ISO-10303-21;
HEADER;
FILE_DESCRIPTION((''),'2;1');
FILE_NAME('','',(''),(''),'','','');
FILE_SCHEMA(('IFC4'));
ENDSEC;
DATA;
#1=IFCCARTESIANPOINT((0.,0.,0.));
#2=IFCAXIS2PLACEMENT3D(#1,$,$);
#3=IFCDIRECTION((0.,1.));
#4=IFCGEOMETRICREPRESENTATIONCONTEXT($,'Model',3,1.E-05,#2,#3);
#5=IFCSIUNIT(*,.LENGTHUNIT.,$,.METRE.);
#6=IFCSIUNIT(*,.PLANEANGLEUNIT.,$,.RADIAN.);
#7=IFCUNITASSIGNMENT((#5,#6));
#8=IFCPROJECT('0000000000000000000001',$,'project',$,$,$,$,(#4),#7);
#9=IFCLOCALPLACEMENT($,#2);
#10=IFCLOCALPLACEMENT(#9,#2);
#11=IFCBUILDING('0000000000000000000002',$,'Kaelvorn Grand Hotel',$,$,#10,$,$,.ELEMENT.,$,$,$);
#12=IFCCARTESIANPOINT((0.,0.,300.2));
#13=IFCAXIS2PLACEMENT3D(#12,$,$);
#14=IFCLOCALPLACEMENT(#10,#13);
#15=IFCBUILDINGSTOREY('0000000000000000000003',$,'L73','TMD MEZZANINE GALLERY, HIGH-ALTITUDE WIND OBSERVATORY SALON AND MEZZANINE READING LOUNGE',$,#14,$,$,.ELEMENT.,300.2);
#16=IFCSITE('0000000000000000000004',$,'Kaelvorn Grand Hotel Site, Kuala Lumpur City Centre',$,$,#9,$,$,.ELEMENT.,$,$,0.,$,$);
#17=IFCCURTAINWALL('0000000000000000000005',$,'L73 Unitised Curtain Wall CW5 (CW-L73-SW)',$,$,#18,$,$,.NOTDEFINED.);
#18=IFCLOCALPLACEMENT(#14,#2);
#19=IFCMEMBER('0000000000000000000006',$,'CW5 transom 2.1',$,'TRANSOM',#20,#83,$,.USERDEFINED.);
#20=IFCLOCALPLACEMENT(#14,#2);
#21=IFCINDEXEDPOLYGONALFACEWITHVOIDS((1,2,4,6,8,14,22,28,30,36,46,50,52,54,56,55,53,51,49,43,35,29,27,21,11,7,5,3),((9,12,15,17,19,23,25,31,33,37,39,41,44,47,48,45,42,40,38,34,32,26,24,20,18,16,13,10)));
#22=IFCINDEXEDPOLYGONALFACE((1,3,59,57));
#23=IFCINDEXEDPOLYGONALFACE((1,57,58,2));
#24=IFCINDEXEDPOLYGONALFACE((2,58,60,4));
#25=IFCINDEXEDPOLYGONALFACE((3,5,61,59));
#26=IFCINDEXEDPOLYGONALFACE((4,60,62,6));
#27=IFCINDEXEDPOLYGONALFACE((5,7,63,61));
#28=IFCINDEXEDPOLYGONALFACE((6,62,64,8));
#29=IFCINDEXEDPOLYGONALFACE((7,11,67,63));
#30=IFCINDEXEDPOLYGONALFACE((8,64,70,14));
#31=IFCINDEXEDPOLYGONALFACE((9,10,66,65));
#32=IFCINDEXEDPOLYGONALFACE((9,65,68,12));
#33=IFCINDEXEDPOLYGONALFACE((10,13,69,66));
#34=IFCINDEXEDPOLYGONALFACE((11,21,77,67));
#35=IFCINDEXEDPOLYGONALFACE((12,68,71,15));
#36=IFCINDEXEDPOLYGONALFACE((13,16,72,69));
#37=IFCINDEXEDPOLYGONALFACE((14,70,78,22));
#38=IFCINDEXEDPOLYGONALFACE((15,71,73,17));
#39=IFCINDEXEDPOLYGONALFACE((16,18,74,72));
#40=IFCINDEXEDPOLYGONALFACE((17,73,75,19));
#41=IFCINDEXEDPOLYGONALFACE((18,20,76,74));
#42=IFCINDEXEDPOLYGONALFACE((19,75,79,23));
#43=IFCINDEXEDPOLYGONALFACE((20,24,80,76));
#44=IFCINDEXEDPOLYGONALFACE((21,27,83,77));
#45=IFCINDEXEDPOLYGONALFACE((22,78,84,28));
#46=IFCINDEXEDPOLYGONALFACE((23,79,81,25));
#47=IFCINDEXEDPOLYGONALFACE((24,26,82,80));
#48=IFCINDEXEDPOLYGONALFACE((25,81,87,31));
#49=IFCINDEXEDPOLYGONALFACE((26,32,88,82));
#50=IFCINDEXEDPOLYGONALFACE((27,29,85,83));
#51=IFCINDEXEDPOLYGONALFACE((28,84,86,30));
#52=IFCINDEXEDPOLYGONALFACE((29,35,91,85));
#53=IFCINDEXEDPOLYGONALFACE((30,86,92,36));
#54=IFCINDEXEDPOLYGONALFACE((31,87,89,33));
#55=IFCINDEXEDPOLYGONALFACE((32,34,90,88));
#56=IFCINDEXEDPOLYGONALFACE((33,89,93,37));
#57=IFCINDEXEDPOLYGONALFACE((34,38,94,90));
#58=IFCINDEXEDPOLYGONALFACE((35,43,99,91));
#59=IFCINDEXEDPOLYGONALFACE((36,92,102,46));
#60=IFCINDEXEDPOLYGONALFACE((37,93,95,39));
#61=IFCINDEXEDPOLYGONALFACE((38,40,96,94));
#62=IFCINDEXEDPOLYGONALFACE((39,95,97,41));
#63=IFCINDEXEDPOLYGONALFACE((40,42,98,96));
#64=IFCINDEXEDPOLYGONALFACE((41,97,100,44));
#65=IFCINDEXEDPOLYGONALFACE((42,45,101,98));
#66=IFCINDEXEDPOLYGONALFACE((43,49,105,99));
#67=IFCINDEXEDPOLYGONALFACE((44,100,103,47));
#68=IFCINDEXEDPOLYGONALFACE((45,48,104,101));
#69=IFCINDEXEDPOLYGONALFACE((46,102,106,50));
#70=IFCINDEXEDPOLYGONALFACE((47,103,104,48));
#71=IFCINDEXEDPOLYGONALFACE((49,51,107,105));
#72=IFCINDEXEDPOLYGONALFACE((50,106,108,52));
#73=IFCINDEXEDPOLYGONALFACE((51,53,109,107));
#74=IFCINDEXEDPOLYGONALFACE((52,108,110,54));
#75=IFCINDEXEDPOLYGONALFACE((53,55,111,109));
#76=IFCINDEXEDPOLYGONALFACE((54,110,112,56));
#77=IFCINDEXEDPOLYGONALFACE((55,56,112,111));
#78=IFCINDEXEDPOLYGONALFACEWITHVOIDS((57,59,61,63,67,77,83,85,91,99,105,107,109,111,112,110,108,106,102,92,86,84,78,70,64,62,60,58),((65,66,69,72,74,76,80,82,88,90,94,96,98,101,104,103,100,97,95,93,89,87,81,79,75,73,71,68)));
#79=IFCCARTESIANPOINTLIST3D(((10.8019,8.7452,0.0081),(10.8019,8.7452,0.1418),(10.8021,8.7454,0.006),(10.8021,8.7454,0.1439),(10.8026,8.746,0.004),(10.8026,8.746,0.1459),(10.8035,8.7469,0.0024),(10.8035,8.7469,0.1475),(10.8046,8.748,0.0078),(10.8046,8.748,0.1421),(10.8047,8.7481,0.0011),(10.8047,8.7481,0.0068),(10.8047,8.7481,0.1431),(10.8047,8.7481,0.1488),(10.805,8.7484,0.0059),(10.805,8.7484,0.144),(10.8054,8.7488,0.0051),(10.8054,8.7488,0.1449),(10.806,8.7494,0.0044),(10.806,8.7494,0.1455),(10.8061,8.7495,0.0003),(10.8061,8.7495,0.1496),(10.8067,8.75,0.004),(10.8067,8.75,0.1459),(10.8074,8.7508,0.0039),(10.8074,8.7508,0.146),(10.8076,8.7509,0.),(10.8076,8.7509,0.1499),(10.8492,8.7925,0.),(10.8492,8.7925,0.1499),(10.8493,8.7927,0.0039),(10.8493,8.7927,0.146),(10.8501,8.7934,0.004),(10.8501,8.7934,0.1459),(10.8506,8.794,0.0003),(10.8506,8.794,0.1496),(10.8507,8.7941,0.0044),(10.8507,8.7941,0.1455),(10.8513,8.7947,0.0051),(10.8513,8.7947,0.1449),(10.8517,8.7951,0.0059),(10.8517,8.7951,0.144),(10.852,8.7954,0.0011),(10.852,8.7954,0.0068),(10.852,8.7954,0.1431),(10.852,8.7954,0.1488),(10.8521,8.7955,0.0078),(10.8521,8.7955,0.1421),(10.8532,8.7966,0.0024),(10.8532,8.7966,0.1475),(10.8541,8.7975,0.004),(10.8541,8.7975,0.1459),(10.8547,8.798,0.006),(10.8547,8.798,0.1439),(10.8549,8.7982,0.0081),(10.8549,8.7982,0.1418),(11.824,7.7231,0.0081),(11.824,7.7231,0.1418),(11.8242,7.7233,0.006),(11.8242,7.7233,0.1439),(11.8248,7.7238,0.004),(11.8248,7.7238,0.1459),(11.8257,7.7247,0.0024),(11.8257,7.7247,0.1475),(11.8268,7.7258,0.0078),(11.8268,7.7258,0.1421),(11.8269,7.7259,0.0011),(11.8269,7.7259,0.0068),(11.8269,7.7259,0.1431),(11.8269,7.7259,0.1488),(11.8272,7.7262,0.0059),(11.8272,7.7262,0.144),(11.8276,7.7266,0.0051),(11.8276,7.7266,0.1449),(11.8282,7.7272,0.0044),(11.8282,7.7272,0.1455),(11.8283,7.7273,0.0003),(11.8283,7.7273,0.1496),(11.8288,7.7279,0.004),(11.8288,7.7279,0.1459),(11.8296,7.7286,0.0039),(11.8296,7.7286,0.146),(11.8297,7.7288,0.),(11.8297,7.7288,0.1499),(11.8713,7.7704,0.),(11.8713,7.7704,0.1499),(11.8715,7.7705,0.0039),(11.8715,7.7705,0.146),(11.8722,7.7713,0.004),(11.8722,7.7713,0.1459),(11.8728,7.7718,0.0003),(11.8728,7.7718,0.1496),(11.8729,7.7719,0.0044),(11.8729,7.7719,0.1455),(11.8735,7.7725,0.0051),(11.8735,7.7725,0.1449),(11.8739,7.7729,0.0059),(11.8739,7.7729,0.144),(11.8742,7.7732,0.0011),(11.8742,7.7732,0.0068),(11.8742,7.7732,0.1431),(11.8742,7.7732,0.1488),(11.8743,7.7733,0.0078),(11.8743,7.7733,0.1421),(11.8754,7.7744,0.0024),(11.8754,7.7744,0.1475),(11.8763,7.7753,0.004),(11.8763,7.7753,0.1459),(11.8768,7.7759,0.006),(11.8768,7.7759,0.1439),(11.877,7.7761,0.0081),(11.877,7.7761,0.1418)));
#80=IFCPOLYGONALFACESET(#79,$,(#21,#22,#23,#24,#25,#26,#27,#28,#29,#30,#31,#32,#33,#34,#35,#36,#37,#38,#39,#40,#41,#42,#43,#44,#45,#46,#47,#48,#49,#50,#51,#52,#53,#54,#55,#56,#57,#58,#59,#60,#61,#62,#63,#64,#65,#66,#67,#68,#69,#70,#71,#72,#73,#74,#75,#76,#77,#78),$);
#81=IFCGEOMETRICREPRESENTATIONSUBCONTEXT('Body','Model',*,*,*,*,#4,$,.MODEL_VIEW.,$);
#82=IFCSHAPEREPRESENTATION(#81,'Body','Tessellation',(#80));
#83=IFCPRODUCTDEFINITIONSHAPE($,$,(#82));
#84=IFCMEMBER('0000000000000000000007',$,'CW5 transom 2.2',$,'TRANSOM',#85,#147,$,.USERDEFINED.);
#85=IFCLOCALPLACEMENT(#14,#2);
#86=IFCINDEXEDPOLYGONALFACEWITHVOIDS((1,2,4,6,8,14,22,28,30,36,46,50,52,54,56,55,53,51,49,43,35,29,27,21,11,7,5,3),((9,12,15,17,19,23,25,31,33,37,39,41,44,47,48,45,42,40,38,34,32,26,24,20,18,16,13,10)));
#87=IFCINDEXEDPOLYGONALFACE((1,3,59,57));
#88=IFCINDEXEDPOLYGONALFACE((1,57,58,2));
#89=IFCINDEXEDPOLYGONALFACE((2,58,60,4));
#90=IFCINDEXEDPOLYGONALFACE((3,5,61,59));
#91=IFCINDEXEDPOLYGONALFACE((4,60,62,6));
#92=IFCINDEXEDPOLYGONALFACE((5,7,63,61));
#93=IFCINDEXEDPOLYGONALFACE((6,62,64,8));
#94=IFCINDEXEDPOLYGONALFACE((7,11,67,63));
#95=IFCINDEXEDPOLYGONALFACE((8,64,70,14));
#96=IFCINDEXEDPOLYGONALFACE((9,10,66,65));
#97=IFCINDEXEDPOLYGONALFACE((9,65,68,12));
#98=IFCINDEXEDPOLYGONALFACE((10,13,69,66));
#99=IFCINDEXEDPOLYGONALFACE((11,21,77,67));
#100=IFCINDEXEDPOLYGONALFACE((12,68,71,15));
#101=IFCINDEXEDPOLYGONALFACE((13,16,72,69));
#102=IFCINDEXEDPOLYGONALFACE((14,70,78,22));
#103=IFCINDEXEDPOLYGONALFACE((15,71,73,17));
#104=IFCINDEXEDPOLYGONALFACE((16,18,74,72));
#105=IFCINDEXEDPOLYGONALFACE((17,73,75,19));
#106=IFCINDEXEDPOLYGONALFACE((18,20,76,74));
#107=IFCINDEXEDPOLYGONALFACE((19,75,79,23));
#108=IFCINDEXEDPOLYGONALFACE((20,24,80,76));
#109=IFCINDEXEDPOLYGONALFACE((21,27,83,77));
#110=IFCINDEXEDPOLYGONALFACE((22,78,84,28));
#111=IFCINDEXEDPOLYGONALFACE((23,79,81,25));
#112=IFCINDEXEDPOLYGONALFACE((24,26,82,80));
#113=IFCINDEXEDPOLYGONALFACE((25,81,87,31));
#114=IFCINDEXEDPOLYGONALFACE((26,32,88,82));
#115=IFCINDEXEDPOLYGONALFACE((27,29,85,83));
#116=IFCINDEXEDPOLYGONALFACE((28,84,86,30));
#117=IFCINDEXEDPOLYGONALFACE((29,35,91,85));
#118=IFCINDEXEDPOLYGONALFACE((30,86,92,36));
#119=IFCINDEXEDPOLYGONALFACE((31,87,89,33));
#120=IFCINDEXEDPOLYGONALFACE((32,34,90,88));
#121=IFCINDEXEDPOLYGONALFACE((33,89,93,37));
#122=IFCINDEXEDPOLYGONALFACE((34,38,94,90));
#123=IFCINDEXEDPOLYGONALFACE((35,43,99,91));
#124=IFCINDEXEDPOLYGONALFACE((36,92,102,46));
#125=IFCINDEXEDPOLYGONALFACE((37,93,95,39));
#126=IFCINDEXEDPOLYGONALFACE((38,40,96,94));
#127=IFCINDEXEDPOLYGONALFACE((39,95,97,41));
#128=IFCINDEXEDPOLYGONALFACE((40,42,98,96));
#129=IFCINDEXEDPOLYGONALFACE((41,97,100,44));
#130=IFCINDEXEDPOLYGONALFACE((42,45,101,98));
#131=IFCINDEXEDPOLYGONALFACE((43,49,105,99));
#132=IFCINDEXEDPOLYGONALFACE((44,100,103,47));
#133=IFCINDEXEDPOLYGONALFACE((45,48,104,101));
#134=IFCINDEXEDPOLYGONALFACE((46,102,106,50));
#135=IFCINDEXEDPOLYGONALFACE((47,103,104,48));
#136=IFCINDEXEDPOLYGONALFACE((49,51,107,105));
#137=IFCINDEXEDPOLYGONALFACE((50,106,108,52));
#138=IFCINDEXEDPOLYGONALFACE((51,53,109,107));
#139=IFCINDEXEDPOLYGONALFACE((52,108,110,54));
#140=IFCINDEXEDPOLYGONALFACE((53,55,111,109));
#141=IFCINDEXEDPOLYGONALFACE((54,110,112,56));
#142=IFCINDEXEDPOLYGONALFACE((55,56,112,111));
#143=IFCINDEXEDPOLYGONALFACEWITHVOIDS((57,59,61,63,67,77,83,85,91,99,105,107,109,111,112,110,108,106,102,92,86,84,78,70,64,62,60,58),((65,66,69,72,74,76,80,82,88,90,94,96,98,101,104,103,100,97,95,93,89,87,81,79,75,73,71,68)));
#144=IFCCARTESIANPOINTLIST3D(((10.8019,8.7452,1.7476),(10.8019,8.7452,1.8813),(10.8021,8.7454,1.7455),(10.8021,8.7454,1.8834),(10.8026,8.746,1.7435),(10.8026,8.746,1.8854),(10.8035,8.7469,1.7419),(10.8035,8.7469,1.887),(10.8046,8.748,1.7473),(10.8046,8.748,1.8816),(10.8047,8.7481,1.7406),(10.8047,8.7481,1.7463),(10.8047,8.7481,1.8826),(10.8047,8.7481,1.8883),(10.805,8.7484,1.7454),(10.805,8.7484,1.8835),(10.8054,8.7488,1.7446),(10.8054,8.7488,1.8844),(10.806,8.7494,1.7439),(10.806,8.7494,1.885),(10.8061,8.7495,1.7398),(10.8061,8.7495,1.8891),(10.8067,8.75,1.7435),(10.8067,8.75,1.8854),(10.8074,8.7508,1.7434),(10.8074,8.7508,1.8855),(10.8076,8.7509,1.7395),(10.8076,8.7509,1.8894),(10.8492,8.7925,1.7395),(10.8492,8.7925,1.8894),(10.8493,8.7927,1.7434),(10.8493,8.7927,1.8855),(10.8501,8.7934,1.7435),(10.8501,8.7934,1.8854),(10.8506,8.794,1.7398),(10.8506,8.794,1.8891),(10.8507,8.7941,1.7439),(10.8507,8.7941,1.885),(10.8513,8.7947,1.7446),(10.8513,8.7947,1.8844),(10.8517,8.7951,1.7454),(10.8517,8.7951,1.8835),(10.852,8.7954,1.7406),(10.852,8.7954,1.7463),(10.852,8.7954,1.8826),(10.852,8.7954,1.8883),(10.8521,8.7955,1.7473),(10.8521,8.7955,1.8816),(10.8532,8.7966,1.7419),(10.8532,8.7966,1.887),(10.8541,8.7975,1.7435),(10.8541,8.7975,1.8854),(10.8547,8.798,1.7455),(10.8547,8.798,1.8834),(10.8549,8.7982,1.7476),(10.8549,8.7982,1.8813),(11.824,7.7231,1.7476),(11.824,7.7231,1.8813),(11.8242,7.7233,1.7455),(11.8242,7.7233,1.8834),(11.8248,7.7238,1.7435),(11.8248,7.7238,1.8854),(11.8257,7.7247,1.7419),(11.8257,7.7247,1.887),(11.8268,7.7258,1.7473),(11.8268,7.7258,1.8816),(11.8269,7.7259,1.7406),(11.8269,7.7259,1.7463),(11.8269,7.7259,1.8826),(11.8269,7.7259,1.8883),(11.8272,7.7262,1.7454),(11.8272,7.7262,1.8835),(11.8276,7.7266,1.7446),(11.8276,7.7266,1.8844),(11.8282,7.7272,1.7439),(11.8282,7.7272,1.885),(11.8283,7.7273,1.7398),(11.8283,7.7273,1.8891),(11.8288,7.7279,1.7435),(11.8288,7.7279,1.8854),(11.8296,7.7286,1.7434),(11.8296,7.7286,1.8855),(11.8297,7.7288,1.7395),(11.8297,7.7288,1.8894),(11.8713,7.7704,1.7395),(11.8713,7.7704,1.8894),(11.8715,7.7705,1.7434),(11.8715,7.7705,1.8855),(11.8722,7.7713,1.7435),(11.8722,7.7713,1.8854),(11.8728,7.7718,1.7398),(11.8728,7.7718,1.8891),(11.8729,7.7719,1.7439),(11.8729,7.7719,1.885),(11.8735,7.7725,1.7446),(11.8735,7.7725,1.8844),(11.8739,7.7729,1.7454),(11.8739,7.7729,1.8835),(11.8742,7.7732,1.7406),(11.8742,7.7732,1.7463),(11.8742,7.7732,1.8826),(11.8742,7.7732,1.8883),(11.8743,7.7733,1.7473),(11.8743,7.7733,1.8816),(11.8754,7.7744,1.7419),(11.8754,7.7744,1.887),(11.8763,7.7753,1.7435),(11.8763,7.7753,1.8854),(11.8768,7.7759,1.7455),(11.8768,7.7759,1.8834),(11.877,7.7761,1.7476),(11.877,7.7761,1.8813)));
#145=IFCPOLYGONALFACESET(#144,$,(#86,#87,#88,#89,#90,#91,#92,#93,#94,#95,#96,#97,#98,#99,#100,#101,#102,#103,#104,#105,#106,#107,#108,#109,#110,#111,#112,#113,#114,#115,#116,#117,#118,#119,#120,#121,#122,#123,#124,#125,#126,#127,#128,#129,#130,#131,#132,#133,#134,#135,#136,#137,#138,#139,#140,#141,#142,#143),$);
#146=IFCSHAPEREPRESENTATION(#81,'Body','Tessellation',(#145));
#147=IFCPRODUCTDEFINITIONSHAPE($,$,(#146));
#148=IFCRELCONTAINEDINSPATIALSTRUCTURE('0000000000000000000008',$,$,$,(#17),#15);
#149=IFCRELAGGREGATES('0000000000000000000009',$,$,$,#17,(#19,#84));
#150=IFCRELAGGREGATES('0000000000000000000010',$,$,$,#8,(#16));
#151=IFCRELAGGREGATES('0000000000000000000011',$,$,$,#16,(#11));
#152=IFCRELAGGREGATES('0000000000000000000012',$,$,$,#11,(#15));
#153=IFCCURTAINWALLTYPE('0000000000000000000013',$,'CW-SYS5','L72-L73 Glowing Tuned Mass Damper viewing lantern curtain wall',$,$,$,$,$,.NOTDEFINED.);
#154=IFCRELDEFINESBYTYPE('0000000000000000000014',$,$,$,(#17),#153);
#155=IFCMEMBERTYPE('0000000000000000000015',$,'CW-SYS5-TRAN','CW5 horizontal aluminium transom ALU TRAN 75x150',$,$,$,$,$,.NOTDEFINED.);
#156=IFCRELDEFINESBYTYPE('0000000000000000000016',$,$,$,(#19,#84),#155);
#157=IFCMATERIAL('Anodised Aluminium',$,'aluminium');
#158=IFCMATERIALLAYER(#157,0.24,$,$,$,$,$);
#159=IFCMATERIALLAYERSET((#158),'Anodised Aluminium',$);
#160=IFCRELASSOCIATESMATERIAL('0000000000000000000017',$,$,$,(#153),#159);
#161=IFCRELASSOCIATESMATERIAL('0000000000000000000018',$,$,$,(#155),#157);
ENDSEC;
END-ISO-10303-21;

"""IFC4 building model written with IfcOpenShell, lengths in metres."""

from ifc_helpers import new_model, si_unit, direction, frame, origin, origin_2d, place, context, subcontext, project, spatial, hollow_rectangle, extrude, material, layer, layer_set, material_profile, profile_set, type_object, element, aggregate, save


model = new_model("IFC4")

# Units and contexts
model_context = context("Model", 3, precision=1e-05, world=origin(), true_north=direction((0.0, 1.0)))
body_context = subcontext(model_context, "Body", "Model", "MODEL_VIEW")
ifc_project = project(units=[si_unit("LENGTHUNIT", "METRE"), si_unit("PLANEANGLEUNIT", "RADIAN")], contexts=[model_context])

# Site, building, storey
site_placement = place(None, origin())
site = spatial("IfcSite", under=ifc_project, at=site_placement, Name="Kaelvorn Grand Hotel Site, Kuala Lumpur City Centre", CompositionType="ELEMENT", RefElevation=0.0)
building_placement = place(site_placement, origin())
building = spatial("IfcBuilding", under=site, at=building_placement, Name="Kaelvorn Grand Hotel", CompositionType="ELEMENT")
storey_placement = place(building_placement, frame((0.0, 0.0, 300.2)))
storey = spatial("IfcBuildingStorey", under=building, at=storey_placement, Name="L73", Description="TMD MEZZANINE GALLERY, HIGH-ALTITUDE WIND OBSERVATORY SALON AND MEZZANINE READING LOUNGE", CompositionType="ELEMENT", Elevation=300.2)

# Curtain wall
ifc_material_1 = material(Name="Anodised Aluminium", Category="aluminium")
ifc_layer_1 = layer(ifc_material_1, 0.24)
ifc_layer_set_1 = layer_set([ifc_layer_1], Name="Anodised Aluminium")
curtain_wall_type = type_object("IfcCurtainWallType", Name="CW-SYS5", Description="L72-L73 Glowing Tuned Mass Damper viewing lantern curtain wall", PredefinedType="NOTDEFINED", material=ifc_layer_set_1)
curtain_wall_1_placement = place(storey_placement, origin())
curtain_wall_1 = element("IfcCurtainWall", 1, at=curtain_wall_1_placement, inside=storey, type_object=curtain_wall_type, Name="L73 Unitised Curtain Wall CW5 (CW-L73-SW)", PredefinedType="NOTDEFINED")

# Members
ifc_material_profile_1 = material_profile(ifc_material_1, hollow_rectangle(XDim=0.075, YDim=0.1499, WallThickness=0.0039, InnerFilletRadius=0.0039, OuterFilletRadius=0.0081, at=origin_2d()), Name="ALU TRAN 75x150")
ifc_profile_set_1 = profile_set([ifc_material_profile_1], Name="Anodised Aluminium")
member_type_1 = type_object("IfcMemberType", Name="CW-SYS5-TRAN", Description="CW5 horizontal aluminium transom ALU TRAN 75x150", PredefinedType="NOTDEFINED", material=ifc_profile_set_1)
member_1_placement = place(storey_placement, frame((10.8284, 8.7717, 0.075), z_axis=(0.707107, -0.707107, 0.0), x_axis=(0.707107, 0.707107, 0.0)))
member_1 = element("IfcMember", 2, at=member_1_placement, type_object=member_type_1, Name="CW5 transom 2.1", ObjectType="TRANSOM", PredefinedType="USERDEFINED", context=body_context, shape_type="SweptSolid", body=[
    extrude(hollow_rectangle(XDim=0.075, YDim=0.1499, WallThickness=0.0039, InnerFilletRadius=0.0039, OuterFilletRadius=0.0081, at=origin_2d()), origin(), (0.0, 0.0, 1.0), 1.4456),
])
member_2_placement = place(storey_placement, frame((10.8284, 8.7717, 1.8145), z_axis=(0.707107, -0.707107, 0.0), x_axis=(0.707107, 0.707107, 0.0)))
member_2 = element("IfcMember", 3, at=member_2_placement, type_object=member_type_1, Name="CW5 transom 2.2", ObjectType="TRANSOM", PredefinedType="USERDEFINED", context=body_context, shape_type="SweptSolid", body=[
    extrude(hollow_rectangle(XDim=0.075, YDim=0.1499, WallThickness=0.0039, InnerFilletRadius=0.0039, OuterFilletRadius=0.0081, at=origin_2d()), origin(), (0.0, 0.0, 1.0), 1.4456),
])

aggregate(curtain_wall_1, [member_1, member_2])

save(model, "model.ifc")
